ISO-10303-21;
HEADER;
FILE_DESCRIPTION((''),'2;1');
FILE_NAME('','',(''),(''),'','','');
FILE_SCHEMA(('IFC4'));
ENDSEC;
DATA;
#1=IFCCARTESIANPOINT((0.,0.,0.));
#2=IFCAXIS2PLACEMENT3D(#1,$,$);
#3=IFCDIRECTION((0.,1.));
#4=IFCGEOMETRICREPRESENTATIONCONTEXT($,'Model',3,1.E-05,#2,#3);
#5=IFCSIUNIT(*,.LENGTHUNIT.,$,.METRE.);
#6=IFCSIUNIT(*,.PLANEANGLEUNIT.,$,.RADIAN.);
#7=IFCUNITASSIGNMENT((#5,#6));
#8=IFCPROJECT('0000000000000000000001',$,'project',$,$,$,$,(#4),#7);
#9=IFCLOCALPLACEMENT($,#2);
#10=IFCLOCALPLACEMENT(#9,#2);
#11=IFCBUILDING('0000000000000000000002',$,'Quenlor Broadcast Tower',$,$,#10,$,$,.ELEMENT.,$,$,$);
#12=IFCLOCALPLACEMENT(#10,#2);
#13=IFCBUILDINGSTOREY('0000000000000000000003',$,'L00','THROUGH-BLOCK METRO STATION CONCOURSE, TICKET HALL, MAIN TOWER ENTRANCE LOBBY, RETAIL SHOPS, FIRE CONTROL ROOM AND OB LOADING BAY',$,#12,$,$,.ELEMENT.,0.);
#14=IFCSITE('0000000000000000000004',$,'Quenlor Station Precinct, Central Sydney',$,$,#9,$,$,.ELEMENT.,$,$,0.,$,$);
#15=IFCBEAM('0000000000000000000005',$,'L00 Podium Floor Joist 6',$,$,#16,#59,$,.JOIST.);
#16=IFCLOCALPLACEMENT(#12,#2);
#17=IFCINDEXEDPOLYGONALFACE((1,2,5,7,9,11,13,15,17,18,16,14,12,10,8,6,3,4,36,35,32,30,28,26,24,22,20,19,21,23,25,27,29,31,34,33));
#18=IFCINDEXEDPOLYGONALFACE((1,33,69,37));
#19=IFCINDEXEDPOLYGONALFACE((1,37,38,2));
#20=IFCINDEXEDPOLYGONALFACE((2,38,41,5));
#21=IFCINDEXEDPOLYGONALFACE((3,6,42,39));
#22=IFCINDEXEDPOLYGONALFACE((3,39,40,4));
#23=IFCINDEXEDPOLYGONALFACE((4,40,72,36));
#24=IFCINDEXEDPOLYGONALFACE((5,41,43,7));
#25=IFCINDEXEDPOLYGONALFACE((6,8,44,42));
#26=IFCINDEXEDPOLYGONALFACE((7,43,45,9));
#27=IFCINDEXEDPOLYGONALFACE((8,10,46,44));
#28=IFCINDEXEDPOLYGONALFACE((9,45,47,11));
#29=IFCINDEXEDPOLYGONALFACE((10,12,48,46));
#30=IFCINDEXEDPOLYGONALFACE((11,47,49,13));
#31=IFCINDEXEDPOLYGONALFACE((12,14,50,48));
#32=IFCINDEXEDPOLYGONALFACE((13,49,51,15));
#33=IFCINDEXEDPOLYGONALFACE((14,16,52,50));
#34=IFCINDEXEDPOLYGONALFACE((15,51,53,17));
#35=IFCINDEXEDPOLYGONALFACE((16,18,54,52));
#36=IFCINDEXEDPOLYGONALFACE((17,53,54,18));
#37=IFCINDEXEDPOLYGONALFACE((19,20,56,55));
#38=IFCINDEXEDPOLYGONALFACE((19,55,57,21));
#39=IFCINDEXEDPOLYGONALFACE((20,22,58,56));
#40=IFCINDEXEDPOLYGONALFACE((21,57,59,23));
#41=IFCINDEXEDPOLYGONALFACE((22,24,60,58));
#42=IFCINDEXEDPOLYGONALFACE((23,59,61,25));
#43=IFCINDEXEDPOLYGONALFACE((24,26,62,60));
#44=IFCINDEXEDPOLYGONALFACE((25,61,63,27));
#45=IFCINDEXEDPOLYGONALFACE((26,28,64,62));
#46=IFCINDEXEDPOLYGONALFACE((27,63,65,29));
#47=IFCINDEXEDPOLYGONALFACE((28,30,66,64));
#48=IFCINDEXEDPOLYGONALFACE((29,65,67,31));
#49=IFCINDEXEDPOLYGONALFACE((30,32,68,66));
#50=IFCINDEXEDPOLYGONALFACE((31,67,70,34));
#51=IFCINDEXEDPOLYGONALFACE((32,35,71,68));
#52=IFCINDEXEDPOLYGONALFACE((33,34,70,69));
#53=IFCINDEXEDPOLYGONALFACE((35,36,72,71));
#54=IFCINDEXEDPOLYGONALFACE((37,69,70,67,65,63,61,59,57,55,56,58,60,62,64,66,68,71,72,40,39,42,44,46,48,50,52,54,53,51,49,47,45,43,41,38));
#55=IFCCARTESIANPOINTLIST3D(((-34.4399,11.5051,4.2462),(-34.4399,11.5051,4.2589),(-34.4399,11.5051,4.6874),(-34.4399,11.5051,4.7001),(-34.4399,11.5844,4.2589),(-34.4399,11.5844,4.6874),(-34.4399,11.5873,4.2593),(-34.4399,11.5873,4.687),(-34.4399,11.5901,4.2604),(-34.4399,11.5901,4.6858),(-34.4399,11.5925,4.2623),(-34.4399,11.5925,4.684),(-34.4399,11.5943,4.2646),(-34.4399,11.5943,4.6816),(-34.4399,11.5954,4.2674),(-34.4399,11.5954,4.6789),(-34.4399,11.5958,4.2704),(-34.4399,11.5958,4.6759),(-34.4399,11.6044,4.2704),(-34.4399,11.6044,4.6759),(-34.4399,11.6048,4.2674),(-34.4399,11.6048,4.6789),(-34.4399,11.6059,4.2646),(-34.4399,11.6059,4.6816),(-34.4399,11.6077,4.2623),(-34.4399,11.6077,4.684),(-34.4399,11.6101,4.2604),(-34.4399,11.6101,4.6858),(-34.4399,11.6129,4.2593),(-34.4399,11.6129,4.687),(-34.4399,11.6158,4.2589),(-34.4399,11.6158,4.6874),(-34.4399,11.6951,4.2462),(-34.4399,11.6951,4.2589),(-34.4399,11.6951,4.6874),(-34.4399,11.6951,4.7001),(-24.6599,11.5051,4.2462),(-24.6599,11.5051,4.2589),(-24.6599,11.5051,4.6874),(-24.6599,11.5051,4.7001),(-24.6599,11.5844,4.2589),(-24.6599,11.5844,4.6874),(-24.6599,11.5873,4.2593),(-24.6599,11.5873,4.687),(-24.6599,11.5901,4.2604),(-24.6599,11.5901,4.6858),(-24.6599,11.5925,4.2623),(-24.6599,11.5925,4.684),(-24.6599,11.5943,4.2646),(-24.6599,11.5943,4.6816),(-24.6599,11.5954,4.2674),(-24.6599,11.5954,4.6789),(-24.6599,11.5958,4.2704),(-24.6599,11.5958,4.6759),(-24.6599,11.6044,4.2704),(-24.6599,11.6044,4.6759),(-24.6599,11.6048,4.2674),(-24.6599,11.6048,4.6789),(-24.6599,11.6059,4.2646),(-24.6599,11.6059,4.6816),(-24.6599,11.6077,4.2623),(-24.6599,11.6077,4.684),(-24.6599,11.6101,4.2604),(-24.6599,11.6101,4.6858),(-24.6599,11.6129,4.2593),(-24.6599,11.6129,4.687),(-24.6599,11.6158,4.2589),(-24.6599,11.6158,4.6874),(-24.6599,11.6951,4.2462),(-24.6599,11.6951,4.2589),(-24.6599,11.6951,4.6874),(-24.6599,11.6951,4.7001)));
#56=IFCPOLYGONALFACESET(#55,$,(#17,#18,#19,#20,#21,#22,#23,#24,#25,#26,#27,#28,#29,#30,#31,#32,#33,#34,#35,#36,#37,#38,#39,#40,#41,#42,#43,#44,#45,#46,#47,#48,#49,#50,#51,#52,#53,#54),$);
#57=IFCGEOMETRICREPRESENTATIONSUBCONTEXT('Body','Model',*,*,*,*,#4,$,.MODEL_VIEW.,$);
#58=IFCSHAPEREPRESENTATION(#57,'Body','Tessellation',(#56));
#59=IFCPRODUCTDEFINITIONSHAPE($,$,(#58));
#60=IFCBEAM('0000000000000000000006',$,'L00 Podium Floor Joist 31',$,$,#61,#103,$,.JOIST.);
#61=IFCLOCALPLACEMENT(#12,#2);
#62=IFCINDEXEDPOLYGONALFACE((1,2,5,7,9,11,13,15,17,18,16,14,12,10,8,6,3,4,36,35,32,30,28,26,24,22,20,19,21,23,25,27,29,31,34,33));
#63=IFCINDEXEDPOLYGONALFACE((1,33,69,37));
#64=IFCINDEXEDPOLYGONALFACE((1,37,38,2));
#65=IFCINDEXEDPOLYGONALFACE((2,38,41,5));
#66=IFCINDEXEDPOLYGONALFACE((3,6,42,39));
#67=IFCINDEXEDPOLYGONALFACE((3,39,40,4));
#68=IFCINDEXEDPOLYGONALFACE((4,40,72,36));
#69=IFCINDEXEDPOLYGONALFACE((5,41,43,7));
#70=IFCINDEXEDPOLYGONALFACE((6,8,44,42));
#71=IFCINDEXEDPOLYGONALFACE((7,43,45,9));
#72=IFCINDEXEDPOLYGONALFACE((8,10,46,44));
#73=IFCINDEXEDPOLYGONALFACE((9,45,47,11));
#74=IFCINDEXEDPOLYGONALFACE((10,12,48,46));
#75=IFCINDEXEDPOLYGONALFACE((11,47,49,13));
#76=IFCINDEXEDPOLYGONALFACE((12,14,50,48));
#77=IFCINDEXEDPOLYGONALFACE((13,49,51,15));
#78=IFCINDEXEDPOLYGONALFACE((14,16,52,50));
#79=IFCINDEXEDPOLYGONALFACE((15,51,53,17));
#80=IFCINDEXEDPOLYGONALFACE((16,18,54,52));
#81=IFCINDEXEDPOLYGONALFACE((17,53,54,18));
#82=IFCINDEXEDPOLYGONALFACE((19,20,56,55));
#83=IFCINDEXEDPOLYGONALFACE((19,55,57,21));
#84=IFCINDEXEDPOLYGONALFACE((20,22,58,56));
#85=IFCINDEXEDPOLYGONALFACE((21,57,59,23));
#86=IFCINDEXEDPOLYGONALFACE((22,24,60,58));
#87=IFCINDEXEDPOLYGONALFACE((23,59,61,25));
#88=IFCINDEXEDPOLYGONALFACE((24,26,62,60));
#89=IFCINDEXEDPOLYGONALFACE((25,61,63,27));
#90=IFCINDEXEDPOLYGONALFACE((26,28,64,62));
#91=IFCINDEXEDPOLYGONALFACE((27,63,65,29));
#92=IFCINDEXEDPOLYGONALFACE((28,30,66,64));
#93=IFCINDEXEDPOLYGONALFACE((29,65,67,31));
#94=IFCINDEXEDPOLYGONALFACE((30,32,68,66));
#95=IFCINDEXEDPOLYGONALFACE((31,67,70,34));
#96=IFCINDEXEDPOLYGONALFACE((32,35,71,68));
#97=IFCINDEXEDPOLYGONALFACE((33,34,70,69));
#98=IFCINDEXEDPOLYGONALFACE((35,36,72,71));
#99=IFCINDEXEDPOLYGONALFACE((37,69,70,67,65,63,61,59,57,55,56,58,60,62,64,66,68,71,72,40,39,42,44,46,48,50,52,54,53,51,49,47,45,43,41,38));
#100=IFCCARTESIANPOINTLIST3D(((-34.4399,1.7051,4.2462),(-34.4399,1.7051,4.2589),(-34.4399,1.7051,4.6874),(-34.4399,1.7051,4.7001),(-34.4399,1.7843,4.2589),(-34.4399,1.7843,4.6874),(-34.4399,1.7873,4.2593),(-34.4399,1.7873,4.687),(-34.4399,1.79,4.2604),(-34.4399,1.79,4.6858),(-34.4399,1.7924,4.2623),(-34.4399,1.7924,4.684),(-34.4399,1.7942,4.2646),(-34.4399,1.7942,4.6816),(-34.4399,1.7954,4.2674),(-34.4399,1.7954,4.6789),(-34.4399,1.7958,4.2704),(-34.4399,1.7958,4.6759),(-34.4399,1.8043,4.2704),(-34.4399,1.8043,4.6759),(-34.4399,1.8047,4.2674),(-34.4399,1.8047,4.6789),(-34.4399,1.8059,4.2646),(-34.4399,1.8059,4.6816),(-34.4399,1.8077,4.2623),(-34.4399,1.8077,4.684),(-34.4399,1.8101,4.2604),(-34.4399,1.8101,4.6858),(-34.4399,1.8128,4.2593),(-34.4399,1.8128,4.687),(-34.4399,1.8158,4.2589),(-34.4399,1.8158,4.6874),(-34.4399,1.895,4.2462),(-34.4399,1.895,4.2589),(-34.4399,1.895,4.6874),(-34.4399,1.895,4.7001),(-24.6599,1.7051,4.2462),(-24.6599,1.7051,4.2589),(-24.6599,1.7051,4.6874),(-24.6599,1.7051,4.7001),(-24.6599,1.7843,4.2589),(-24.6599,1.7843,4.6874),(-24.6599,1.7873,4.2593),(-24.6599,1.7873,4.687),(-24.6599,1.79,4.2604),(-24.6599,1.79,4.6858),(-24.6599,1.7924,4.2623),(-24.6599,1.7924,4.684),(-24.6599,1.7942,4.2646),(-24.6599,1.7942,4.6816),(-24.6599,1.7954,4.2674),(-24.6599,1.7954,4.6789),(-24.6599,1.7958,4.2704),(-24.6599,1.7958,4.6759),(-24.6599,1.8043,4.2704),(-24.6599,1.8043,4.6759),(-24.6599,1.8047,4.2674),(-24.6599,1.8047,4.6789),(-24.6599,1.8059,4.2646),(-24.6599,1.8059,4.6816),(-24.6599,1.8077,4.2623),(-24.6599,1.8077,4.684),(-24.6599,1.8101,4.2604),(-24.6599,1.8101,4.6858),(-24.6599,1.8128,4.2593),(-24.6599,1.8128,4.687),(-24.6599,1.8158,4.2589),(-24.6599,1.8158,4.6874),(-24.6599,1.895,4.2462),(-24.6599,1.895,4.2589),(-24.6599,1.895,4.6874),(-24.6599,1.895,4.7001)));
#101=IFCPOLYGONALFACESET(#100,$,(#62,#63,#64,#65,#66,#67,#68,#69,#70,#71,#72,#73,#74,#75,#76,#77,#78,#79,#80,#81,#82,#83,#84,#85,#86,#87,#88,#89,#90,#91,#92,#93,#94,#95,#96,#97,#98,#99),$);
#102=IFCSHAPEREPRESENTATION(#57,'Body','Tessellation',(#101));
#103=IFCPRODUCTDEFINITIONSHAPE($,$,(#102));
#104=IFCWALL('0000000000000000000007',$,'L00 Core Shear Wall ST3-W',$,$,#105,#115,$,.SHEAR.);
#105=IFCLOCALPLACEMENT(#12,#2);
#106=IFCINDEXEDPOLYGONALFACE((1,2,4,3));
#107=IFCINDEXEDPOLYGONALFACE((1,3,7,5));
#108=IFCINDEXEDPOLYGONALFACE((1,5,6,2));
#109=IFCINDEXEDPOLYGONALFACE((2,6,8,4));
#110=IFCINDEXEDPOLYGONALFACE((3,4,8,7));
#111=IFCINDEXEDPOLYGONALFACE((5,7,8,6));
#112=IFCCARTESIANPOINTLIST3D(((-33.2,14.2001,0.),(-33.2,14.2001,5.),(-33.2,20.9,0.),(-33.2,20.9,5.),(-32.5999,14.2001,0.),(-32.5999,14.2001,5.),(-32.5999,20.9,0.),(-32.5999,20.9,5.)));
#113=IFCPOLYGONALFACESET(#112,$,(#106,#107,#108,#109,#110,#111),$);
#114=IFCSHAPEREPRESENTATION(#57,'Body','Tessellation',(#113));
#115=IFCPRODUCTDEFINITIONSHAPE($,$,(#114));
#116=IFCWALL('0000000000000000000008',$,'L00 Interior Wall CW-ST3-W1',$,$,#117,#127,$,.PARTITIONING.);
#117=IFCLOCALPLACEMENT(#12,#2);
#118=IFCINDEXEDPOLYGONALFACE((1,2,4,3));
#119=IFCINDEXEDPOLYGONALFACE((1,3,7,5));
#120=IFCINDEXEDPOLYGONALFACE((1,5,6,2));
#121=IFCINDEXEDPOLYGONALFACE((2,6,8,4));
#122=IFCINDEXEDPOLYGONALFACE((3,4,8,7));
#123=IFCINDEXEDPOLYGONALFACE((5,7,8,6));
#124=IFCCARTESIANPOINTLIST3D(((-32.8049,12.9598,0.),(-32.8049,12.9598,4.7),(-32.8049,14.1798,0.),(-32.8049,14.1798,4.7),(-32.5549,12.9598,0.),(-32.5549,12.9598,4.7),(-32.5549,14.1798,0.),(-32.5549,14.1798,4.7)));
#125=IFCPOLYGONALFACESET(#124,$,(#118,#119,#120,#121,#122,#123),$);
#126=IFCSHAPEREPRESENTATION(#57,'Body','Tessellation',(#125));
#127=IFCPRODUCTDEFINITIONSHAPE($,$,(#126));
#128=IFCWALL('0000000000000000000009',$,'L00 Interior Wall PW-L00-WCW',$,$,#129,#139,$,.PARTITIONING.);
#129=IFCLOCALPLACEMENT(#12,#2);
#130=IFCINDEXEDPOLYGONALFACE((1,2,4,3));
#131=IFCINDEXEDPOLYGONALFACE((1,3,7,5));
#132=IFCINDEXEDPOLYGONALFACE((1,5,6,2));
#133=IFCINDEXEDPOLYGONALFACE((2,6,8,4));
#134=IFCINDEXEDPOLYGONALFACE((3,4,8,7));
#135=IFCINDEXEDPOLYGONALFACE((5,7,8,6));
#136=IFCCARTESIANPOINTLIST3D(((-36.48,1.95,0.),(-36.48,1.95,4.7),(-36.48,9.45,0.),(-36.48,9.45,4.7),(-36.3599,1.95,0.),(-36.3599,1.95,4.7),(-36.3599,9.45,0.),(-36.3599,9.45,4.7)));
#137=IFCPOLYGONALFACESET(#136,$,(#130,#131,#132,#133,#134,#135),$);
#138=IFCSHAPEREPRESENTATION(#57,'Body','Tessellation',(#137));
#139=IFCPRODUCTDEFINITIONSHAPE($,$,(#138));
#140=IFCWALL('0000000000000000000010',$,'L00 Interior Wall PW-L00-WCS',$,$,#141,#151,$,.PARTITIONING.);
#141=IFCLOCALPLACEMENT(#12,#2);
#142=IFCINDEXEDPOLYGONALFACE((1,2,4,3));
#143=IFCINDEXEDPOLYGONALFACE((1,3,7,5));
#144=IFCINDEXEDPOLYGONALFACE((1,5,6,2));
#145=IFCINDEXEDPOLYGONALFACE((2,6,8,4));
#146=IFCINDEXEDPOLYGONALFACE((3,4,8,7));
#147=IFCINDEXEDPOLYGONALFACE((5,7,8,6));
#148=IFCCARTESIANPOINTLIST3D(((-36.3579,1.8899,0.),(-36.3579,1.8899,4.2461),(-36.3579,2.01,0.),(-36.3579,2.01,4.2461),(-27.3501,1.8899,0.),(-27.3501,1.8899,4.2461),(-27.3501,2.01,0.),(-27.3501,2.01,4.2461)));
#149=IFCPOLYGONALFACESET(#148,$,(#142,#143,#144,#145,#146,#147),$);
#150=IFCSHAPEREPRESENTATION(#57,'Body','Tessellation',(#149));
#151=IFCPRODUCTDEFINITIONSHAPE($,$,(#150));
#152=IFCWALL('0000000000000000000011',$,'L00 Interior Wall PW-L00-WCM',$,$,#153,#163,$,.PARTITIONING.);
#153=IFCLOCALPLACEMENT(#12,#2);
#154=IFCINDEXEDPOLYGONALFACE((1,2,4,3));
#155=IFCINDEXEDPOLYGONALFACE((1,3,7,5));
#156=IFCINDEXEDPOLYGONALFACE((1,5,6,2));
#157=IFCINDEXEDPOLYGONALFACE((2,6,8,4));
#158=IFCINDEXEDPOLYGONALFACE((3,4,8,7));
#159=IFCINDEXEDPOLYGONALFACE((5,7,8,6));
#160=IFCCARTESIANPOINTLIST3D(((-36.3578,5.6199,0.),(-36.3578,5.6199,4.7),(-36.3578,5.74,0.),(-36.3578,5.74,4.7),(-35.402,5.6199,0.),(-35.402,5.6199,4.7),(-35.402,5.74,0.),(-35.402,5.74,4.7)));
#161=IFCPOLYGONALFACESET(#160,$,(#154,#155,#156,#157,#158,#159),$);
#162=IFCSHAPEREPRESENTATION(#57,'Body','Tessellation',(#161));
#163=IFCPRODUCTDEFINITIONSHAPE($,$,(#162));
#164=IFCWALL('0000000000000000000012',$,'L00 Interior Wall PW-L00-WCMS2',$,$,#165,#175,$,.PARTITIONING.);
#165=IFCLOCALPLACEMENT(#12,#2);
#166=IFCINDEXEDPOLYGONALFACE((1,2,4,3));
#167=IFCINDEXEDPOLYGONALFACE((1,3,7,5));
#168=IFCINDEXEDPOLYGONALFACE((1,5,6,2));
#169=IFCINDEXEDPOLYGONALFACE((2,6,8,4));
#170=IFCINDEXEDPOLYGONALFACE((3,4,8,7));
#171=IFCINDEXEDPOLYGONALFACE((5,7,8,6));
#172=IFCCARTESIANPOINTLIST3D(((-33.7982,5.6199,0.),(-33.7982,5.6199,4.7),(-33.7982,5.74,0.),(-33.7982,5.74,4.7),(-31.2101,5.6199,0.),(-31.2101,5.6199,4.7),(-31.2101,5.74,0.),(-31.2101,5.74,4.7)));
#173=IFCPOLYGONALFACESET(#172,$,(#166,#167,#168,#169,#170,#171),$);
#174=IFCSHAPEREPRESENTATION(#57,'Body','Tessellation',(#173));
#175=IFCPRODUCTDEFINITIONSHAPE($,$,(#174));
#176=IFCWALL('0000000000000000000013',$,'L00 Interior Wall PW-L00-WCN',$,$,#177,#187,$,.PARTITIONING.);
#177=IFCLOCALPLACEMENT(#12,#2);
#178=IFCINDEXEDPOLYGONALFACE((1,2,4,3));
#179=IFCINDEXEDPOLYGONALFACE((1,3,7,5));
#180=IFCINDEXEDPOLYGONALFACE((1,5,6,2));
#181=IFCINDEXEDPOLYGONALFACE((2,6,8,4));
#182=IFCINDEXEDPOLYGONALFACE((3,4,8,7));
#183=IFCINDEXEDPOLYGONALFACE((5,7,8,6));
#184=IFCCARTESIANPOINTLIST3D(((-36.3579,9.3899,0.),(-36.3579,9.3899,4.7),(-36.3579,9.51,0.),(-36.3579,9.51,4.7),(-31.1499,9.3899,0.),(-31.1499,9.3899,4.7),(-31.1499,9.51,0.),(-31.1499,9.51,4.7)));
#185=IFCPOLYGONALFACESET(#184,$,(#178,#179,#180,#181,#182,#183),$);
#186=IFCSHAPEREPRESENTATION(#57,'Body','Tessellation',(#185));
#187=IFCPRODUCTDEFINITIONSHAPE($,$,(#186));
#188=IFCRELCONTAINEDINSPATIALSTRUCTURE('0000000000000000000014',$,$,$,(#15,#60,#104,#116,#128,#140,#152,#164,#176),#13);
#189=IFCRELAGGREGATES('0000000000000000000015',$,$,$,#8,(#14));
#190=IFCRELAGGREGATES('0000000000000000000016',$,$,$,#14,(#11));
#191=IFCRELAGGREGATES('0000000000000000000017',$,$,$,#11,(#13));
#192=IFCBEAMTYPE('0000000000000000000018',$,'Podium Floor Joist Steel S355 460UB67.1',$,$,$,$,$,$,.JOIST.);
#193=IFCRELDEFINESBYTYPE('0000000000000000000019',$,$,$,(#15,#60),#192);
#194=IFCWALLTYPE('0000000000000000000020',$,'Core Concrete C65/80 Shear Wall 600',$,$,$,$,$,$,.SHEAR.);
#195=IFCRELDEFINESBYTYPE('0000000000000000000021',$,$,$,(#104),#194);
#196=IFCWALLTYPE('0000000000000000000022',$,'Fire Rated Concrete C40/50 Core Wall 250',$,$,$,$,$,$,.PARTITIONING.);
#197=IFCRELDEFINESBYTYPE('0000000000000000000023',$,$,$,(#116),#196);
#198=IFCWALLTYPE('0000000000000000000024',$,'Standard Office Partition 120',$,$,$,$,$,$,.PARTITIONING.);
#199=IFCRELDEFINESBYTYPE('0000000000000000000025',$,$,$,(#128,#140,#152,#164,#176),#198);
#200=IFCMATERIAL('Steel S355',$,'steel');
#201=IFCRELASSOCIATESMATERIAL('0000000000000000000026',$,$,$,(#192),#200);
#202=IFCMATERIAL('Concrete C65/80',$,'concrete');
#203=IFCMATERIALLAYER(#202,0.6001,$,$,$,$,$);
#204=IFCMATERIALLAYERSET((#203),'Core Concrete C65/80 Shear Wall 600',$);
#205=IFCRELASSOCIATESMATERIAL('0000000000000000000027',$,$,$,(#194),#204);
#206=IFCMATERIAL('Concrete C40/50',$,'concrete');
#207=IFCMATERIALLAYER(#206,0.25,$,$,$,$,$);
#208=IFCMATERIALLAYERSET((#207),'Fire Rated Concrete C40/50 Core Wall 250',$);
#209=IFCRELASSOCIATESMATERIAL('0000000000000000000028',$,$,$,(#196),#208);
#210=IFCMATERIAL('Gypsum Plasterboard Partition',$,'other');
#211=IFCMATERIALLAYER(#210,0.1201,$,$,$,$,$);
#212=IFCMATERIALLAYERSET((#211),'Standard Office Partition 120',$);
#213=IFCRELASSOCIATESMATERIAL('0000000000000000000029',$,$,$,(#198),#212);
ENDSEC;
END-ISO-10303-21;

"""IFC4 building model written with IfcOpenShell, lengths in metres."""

from ifc_helpers import new_model, si_unit, direction, frame, frame_2d, origin, origin_2d, place, context, subcontext, project, spatial, rectangle, i_section, extrude, material, layer, layer_set, material_profile, profile_set, type_object, element, save


model = new_model("IFC4")

# Units and contexts
model_context = context("Model", 3, precision=1e-05, world=origin(), true_north=direction((0.0, 1.0)))
body_context = subcontext(model_context, "Body", "Model", "MODEL_VIEW")
ifc_project = project(units=[si_unit("LENGTHUNIT", "METRE"), si_unit("PLANEANGLEUNIT", "RADIAN")], contexts=[model_context])

# Site, building, storey
site_placement = place(None, origin())
site = spatial("IfcSite", under=ifc_project, at=site_placement, Name="Quenlor Station Precinct, Central Sydney", CompositionType="ELEMENT", RefElevation=0.0)
building_placement = place(site_placement, origin())
building = spatial("IfcBuilding", under=site, at=building_placement, Name="Quenlor Broadcast Tower", CompositionType="ELEMENT")
storey_placement = place(building_placement, origin())
storey = spatial("IfcBuildingStorey", under=building, at=storey_placement, Name="L00", Description="THROUGH-BLOCK METRO STATION CONCOURSE, TICKET HALL, MAIN TOWER ENTRANCE LOBBY, RETAIL SHOPS, FIRE CONTROL ROOM AND OB LOADING BAY", CompositionType="ELEMENT", Elevation=0.0)

# Beams
ifc_material_1 = material(Name="Steel S355", Category="steel")
ifc_material_profile_1 = material_profile(ifc_material_1, i_section(OverallWidth=0.1899, OverallDepth=0.4539, WebThickness=0.0085, FlangeThickness=0.0127, FilletRadius=0.0115, at=origin_2d()))
ifc_profile_set_1 = profile_set([ifc_material_profile_1], Name="Steel S355 460UB67.1")
beam_type_1 = type_object("IfcBeamType", Name="Podium Floor Joist Steel S355 460UB67.1", PredefinedType="JOIST", material=ifc_profile_set_1)
for number, where, z_axis, x_axis, name in (
    (1, (-34.4399, 11.6001, 4.4731), (1.0, 0.0, 0.0), (0.0, 1.0, 0.0), "L00 Podium Floor Joist 6"),
    (2, (-34.4399, 1.8, 4.4731), (1.0, 0.0, 0.0), (0.0, 1.0, 0.0), "L00 Podium Floor Joist 31"),
):
    element("IfcBeam", number, at=place(storey_placement, frame(where, z_axis=z_axis, x_axis=x_axis)), inside=storey, type_object=beam_type_1, Name=name, PredefinedType="JOIST", context=body_context, shape_type="SweptSolid", body=[
        extrude(i_section(OverallWidth=0.1899, OverallDepth=0.4539, WebThickness=0.0085, FlangeThickness=0.0127, FilletRadius=0.0115, at=origin_2d()), origin(), (0.0, 0.0, 1.0), 9.78),
    ])

# Walls
ifc_material_2 = material(Name="Concrete C65/80", Category="concrete")
ifc_layer_1 = layer(ifc_material_2, 0.6001)
ifc_layer_set_1 = layer_set([ifc_layer_1], Name="Core Concrete C65/80 Shear Wall 600")
wall_type_1 = type_object("IfcWallType", Name="Core Concrete C65/80 Shear Wall 600", PredefinedType="SHEAR", material=ifc_layer_set_1)
wall_1_placement = place(storey_placement, frame((-32.8999, 14.2, 0.0), z_axis=(0.0, 0.0, 1.0), x_axis=(0.0, 1.0, 0.0)))
element("IfcWall", 3, at=wall_1_placement, inside=storey, type_object=wall_type_1, Name="L00 Core Shear Wall ST3-W", PredefinedType="SHEAR", context=body_context, shape_type="SweptSolid", body=[
    extrude(rectangle(XDim=6.7, YDim=0.6001, at=frame_2d((3.3501, 0.0))), origin(), (0.0, 0.0, 1.0), 5.0),
])
ifc_material_3 = material(Name="Concrete C40/50", Category="concrete")
ifc_layer_2 = layer(ifc_material_3, 0.25)
ifc_layer_set_2 = layer_set([ifc_layer_2], Name="Fire Rated Concrete C40/50 Core Wall 250")
wall_type_2 = type_object("IfcWallType", Name="Fire Rated Concrete C40/50 Core Wall 250", PredefinedType="PARTITIONING", material=ifc_layer_set_2)
wall_2_placement = place(storey_placement, frame((-32.6799, 12.96, 0.0), z_axis=(0.0, 0.0, 1.0), x_axis=(0.0, 1.0, 0.0)))
element("IfcWall", 4, at=wall_2_placement, inside=storey, type_object=wall_type_2, Name="L00 Interior Wall CW-ST3-W1", PredefinedType="PARTITIONING", context=body_context, shape_type="SweptSolid", body=[
    extrude(rectangle(XDim=1.22, YDim=0.25, at=frame_2d((0.6099, 0.0))), origin(), (0.0, 0.0, 1.0), 4.7),
])
ifc_material_4 = material(Name="Gypsum Plasterboard Partition", Category="other")
ifc_layer_3 = layer(ifc_material_4, 0.1201)
ifc_layer_set_3 = layer_set([ifc_layer_3], Name="Standard Office Partition 120")
wall_type_3 = type_object("IfcWallType", Name="Standard Office Partition 120", PredefinedType="PARTITIONING", material=ifc_layer_set_3)
wall_3_placement = place(storey_placement, frame((-36.4199, 1.95, 0.0), z_axis=(0.0, 0.0, 1.0), x_axis=(0.0, 1.0, 0.0)))
element("IfcWall", 5, at=wall_3_placement, inside=storey, type_object=wall_type_3, Name="L00 Interior Wall PW-L00-WCW", PredefinedType="PARTITIONING", context=body_context, shape_type="SweptSolid", body=[
    extrude(rectangle(XDim=7.5, YDim=0.1201, at=frame_2d((3.75, 0.0))), origin(), (0.0, 0.0, 1.0), 4.7),
])
wall_4_placement = place(storey_placement, frame((-36.3579, 1.95, 0.0), z_axis=(0.0, 0.0, 1.0), x_axis=(1.0, 0.0, 0.0)))
element("IfcWall", 6, at=wall_4_placement, inside=storey, type_object=wall_type_3, Name="L00 Interior Wall PW-L00-WCS", PredefinedType="PARTITIONING", context=body_context, shape_type="SweptSolid", body=[
    extrude(rectangle(XDim=9.0078, YDim=0.1201, at=frame_2d((4.5039, 0.0))), origin(), (0.0, 0.0, 1.0), 4.2461),
])
wall_5_placement = place(storey_placement, frame((-36.3579, 5.6799, 0.0), z_axis=(0.0, 0.0, 1.0), x_axis=(1.0, 0.0, 0.0)))
element("IfcWall", 7, at=wall_5_placement, inside=storey, type_object=wall_type_3, Name="L00 Interior Wall PW-L00-WCM", PredefinedType="PARTITIONING", context=body_context, shape_type="SweptSolid", body=[
    extrude(rectangle(XDim=0.9558, YDim=0.1201, at=frame_2d((0.478, 0.0))), origin(), (0.0, 0.0, 1.0), 4.7),
])
wall_6_placement = place(storey_placement, frame((-33.7981, 5.6799, 0.0), z_axis=(0.0, 0.0, 1.0), x_axis=(1.0, 0.0, 0.0)))
element("IfcWall", 8, at=wall_6_placement, inside=storey, type_object=wall_type_3, Name="L00 Interior Wall PW-L00-WCMS2", PredefinedType="PARTITIONING", context=body_context, shape_type="SweptSolid", body=[
    extrude(rectangle(XDim=2.5881, YDim=0.1201, at=frame_2d((1.2939, 0.0))), origin(), (0.0, 0.0, 1.0), 4.7),
])
wall_7_placement = place(storey_placement, frame((-36.3579, 9.45, 0.0), z_axis=(0.0, 0.0, 1.0), x_axis=(1.0, 0.0, 0.0)))
element("IfcWall", 9, at=wall_7_placement, inside=storey, type_object=wall_type_3, Name="L00 Interior Wall PW-L00-WCN", PredefinedType="PARTITIONING", context=body_context, shape_type="SweptSolid", body=[
    extrude(rectangle(XDim=5.208, YDim=0.1201, at=frame_2d((2.604, 0.0))), origin(), (0.0, 0.0, 1.0), 4.7),
])

save(model, "model.ifc")
